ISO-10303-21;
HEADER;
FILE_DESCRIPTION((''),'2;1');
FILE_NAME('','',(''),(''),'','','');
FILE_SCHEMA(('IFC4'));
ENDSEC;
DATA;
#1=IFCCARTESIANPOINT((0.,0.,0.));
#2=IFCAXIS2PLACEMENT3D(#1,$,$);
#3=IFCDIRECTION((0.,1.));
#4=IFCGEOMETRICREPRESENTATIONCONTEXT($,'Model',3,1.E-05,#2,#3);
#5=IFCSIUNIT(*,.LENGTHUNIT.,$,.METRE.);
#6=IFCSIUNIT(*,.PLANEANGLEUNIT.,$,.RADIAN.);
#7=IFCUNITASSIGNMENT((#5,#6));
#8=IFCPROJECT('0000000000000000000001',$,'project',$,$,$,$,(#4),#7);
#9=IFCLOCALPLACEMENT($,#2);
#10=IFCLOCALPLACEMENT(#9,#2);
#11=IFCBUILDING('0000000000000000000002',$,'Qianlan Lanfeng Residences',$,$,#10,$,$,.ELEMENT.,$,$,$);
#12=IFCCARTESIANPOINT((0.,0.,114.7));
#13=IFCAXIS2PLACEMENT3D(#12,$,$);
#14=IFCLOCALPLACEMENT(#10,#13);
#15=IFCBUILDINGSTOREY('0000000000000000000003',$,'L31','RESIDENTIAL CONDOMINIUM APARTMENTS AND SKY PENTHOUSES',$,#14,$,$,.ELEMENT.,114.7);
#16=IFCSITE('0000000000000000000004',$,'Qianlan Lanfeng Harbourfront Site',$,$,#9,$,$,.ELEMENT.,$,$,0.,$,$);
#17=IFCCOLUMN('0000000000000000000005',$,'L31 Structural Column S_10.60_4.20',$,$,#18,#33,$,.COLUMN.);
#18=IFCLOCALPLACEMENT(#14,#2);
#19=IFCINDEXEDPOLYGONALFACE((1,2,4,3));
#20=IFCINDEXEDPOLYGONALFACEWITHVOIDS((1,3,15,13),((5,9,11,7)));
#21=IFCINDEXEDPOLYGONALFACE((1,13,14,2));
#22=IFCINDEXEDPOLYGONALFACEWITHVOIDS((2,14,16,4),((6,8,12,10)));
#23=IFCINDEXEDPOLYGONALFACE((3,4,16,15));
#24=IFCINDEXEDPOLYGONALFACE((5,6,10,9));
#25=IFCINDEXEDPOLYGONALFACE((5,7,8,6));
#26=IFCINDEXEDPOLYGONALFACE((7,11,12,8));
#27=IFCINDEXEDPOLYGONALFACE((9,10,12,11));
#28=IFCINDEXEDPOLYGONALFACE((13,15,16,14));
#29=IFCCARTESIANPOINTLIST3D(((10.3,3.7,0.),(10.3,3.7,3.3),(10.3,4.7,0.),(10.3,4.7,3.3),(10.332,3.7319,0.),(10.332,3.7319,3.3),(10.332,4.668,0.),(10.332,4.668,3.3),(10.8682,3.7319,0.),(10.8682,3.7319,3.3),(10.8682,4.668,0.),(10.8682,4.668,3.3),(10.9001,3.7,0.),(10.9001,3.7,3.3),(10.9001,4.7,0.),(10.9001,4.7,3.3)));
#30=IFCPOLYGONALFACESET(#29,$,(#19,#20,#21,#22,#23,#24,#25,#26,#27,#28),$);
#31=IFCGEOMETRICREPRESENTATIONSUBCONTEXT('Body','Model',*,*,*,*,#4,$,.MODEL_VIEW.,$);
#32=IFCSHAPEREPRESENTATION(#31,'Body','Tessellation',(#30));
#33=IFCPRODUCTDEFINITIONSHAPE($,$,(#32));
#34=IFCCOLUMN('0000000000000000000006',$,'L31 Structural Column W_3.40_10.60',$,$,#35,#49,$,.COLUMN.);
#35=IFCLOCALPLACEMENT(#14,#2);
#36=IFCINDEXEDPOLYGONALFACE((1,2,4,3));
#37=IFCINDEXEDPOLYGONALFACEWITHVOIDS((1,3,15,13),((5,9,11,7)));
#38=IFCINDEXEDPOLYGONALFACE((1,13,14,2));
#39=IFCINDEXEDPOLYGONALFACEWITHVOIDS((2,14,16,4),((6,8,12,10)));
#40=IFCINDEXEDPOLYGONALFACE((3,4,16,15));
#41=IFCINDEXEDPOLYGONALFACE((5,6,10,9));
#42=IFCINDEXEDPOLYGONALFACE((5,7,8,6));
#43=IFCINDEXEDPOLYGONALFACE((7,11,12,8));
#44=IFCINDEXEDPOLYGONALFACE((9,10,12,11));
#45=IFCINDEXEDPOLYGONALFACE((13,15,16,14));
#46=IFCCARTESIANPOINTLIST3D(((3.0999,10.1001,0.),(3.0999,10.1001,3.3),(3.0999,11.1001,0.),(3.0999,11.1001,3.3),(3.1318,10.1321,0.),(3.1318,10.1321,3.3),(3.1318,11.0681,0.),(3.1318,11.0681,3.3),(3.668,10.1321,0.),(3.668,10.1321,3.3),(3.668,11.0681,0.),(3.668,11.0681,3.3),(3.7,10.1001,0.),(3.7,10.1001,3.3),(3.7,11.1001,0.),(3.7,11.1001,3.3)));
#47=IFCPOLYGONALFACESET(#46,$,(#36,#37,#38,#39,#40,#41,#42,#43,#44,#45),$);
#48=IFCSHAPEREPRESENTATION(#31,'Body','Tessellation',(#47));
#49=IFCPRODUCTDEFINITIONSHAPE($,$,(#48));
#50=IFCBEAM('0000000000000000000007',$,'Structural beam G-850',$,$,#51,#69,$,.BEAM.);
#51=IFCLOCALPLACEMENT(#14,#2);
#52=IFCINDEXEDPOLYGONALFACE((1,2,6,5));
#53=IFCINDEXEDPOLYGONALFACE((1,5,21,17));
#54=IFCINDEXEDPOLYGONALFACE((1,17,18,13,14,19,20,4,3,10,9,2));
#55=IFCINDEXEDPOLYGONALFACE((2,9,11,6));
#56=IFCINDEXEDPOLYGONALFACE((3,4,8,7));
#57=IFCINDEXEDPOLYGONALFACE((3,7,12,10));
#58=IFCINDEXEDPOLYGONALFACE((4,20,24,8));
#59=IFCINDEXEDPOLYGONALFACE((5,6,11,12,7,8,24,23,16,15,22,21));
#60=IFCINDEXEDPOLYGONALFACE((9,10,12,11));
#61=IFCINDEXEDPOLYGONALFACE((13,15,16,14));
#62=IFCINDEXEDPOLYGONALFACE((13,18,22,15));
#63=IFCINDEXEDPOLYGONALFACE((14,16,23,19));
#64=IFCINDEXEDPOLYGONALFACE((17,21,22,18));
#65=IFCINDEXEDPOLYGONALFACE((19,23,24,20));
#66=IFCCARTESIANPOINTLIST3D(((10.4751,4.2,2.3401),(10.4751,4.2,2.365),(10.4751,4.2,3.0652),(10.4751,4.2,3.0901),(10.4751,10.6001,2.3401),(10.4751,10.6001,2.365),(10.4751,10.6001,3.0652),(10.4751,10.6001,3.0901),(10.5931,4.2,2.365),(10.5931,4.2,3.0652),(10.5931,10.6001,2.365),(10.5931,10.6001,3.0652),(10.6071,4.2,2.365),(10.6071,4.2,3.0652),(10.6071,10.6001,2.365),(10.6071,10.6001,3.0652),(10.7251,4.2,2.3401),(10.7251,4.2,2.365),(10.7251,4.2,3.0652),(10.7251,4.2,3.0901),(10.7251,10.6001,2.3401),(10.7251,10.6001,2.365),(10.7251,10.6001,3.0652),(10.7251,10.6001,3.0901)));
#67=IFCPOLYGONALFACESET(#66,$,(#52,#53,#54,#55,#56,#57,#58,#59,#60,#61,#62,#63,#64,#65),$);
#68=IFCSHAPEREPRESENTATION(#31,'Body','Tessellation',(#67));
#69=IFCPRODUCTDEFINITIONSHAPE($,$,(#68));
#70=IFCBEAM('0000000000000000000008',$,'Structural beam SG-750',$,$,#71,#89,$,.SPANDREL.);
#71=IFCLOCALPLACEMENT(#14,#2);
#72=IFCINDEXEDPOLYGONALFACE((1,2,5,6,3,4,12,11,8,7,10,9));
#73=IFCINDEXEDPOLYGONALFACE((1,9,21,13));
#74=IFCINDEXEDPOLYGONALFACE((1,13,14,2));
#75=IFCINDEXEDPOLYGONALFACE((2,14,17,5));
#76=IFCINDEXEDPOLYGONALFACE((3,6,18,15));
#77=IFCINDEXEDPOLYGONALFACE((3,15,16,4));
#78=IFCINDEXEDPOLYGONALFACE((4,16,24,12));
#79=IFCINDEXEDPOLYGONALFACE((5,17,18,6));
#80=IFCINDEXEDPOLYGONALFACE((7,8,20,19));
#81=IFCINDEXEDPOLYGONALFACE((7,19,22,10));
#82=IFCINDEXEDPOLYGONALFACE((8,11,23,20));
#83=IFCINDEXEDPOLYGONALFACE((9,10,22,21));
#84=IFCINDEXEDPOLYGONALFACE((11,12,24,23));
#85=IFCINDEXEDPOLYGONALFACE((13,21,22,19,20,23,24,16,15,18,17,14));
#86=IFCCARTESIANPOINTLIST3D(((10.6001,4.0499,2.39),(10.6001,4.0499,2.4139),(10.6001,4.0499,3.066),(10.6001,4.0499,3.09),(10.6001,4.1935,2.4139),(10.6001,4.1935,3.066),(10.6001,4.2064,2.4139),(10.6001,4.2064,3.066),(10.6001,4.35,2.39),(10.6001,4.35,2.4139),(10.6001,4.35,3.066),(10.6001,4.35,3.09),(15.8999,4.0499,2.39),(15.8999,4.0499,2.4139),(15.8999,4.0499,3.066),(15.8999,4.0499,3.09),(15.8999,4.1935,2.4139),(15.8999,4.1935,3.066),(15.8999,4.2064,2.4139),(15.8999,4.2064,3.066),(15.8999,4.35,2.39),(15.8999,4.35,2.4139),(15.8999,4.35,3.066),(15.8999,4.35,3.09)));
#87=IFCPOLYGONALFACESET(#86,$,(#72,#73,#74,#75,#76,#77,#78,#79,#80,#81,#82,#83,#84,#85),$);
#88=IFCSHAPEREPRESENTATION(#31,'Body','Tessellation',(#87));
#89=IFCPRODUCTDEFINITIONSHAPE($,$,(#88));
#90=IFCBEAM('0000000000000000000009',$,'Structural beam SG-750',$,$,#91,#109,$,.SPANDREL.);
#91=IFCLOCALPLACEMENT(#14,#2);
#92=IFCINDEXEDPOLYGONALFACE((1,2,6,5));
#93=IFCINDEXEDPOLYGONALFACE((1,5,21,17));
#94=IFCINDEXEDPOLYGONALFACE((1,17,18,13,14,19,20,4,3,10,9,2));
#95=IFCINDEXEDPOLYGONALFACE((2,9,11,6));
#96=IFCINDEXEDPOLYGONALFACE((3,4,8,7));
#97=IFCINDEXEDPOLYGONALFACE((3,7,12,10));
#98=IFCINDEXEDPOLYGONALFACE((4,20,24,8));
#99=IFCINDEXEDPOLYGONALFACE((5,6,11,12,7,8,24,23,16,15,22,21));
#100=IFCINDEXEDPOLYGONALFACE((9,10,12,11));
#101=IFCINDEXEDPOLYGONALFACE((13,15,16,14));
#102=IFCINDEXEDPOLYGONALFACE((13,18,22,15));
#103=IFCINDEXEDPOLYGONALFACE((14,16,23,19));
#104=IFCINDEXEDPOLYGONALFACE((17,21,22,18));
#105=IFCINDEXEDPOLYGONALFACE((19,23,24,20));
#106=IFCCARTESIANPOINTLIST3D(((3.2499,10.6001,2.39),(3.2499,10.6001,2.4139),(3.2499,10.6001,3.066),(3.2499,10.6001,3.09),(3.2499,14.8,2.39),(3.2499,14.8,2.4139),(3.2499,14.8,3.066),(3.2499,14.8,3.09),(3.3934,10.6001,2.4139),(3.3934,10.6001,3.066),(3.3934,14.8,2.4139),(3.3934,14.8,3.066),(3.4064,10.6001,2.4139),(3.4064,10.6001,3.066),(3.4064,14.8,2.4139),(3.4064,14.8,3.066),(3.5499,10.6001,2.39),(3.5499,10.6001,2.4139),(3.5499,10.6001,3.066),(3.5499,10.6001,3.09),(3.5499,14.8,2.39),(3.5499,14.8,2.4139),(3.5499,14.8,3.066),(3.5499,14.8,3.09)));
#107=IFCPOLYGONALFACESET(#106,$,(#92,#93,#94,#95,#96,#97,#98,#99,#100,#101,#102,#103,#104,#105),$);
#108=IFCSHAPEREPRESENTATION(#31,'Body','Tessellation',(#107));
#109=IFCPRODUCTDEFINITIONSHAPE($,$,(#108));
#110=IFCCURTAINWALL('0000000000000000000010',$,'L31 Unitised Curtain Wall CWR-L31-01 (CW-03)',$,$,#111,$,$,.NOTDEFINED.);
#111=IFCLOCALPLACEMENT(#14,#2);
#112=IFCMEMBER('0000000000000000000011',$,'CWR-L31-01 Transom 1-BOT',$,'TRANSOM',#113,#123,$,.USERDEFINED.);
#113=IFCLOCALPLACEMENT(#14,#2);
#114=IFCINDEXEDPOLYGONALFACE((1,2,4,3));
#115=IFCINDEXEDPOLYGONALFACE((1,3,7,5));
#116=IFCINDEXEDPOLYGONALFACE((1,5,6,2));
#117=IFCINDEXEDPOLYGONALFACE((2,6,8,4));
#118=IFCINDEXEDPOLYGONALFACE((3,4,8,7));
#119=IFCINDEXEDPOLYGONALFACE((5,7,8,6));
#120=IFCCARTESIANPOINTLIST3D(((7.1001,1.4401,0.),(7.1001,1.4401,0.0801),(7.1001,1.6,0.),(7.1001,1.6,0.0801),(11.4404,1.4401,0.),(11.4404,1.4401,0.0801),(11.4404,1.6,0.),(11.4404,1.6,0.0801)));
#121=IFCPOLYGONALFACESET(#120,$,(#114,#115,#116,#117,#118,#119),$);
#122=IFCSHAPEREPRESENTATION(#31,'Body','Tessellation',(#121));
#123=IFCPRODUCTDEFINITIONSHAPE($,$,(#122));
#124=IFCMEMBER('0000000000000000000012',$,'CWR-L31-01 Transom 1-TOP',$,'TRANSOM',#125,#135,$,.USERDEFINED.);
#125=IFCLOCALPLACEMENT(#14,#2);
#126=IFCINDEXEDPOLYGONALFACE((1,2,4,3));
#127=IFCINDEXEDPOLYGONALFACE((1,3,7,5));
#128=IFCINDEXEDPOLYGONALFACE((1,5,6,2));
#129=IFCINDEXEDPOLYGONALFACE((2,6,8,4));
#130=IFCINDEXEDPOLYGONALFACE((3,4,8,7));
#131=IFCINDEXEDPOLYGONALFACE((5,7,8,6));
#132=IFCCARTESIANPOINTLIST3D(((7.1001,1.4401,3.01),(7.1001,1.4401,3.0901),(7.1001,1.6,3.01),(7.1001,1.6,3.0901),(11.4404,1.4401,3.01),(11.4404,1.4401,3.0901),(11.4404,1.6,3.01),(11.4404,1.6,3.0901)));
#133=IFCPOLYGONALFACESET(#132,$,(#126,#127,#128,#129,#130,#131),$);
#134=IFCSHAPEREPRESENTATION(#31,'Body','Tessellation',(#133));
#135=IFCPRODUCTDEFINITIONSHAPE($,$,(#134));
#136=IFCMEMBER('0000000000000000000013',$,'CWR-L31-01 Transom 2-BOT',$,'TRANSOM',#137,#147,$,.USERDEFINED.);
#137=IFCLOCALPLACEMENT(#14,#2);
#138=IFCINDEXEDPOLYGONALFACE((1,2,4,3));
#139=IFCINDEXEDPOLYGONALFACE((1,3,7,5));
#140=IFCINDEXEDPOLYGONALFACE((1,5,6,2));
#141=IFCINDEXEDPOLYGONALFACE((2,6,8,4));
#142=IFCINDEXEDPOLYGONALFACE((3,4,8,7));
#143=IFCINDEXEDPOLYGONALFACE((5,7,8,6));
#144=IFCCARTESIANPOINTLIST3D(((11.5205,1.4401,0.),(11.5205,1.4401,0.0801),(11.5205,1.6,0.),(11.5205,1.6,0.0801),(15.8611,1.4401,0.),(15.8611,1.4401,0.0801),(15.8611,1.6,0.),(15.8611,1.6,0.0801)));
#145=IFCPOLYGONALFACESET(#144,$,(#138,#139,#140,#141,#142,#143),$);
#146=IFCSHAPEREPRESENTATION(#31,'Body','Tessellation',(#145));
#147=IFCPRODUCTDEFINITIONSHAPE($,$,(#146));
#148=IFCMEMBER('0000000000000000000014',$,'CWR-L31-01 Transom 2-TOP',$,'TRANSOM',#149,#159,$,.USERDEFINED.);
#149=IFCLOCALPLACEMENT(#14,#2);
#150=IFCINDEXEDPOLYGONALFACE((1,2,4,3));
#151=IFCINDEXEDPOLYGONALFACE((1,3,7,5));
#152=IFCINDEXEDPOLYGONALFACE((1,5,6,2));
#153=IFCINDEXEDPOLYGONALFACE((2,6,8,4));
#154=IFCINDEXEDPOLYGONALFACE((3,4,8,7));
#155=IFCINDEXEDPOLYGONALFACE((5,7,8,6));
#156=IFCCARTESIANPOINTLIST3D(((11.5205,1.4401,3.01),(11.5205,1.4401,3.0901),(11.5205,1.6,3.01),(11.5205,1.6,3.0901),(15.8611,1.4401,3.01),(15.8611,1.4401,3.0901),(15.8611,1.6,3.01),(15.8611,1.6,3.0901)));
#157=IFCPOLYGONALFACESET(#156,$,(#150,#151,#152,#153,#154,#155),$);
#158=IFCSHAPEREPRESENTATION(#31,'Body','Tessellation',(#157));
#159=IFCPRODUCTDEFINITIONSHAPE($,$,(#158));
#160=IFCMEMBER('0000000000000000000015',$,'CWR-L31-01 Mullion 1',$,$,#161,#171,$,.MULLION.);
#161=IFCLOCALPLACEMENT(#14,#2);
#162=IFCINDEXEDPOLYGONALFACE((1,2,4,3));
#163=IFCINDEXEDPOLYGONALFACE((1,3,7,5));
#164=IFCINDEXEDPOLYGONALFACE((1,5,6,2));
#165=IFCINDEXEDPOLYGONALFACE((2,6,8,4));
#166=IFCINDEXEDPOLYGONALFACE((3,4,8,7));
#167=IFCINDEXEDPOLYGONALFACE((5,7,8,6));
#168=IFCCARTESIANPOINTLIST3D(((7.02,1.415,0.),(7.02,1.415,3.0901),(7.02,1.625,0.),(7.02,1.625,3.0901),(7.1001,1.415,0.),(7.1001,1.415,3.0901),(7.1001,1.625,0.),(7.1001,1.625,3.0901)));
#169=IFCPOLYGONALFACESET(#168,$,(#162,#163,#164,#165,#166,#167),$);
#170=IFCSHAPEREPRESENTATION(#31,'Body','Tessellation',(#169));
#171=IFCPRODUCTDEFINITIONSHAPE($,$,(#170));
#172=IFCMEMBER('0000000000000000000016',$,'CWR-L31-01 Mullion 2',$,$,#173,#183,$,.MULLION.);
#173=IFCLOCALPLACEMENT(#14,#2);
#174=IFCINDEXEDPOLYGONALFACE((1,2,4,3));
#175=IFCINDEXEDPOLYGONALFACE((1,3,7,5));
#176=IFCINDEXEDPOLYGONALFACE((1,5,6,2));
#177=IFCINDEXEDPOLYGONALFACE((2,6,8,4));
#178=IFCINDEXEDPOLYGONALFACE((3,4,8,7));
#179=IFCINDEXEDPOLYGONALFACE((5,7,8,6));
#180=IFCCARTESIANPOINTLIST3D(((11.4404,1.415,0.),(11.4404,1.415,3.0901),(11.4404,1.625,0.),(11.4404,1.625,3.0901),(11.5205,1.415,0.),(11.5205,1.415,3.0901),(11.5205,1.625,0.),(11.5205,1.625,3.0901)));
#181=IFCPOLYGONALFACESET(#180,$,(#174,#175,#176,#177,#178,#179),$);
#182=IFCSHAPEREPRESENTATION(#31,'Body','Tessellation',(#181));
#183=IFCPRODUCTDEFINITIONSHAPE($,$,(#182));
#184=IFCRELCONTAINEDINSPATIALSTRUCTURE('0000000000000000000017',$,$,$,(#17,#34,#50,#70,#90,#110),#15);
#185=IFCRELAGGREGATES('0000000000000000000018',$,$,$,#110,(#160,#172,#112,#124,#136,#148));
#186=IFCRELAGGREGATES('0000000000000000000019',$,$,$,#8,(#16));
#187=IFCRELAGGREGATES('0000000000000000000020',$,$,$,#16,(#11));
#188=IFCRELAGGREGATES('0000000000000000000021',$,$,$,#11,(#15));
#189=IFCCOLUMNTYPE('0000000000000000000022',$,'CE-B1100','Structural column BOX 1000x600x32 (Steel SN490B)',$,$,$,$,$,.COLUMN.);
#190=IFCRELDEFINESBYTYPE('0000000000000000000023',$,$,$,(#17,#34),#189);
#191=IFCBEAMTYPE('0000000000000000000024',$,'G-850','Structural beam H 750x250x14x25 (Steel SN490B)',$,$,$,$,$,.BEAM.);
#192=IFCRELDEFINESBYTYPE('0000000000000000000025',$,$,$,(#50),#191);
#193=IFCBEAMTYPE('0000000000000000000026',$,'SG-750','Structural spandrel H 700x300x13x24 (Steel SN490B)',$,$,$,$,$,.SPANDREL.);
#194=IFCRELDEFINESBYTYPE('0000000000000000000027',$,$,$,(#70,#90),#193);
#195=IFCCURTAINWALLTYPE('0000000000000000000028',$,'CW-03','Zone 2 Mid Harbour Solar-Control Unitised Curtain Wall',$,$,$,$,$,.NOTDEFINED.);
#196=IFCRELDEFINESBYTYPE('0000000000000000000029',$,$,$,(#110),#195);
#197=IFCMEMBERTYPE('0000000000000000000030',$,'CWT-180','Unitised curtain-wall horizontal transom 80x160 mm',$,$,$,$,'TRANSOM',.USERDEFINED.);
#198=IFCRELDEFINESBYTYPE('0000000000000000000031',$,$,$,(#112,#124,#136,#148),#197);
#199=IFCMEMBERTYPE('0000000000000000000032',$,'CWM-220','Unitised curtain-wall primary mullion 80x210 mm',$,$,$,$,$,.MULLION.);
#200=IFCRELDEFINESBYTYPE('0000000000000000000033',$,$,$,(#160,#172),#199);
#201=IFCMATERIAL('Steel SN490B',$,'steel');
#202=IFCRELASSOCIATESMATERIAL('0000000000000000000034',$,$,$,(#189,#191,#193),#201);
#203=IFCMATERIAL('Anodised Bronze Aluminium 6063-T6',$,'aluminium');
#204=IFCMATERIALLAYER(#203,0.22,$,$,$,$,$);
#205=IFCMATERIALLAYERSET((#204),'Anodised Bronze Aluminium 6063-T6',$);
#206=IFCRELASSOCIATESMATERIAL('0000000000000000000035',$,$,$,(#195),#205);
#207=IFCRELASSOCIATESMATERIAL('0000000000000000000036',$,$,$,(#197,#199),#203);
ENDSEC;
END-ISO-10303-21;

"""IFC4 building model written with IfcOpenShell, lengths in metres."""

from ifc_helpers import new_model, si_unit, direction, frame, origin, origin_2d, place, context, subcontext, project, spatial, rectangle, hollow_rectangle, i_section, extrude, source, transform, mapped, material, layer, layer_set, material_profile, profile_set, type_object, element, aggregate, save


model = new_model("IFC4")

# Units and contexts
model_context = context("Model", 3, precision=1e-05, world=origin(), true_north=direction((0.0, 1.0)))
body_context = subcontext(model_context, "Body", "Model", "MODEL_VIEW")
ifc_project = project(units=[si_unit("LENGTHUNIT", "METRE"), si_unit("PLANEANGLEUNIT", "RADIAN")], contexts=[model_context])

# Site, building, storey
site_placement = place(None, origin())
site = spatial("IfcSite", under=ifc_project, at=site_placement, Name="Qianlan Lanfeng Harbourfront Site", CompositionType="ELEMENT", RefElevation=0.0)
building_placement = place(site_placement, origin())
building = spatial("IfcBuilding", under=site, at=building_placement, Name="Qianlan Lanfeng Residences", CompositionType="ELEMENT")
storey_placement = place(building_placement, frame((0.0, 0.0, 114.7)))
storey = spatial("IfcBuildingStorey", under=building, at=storey_placement, Name="L31", Description="RESIDENTIAL CONDOMINIUM APARTMENTS AND SKY PENTHOUSES", CompositionType="ELEMENT", Elevation=114.7)

# Columns
ifc_material_1 = material(Name="Steel SN490B", Category="steel")
ifc_material_profile_1 = material_profile(ifc_material_1, hollow_rectangle(XDim=0.6001, YDim=1.0, WallThickness=0.032, at=origin_2d()), Name="BOX 1000x600x32")
ifc_profile_set_1 = profile_set([ifc_material_profile_1], Name="Steel SN490B")
column_type = type_object("IfcColumnType", Name="CE-B1100", Description="Structural column BOX 1000x600x32 (Steel SN490B)", PredefinedType="COLUMN", material=ifc_profile_set_1)
for number, where, z_axis, x_axis, name in (
    (1, (10.6001, 4.2, 0.0), (0.0, 0.0, 1.0), (1.0, 0.0, 0.0), "L31 Structural Column S_10.60_4.20"),
    (2, (3.3999, 10.6001, 0.0), (0.0, 0.0, 1.0), (1.0, 0.0, 0.0), "L31 Structural Column W_3.40_10.60"),
):
    element("IfcColumn", number, at=place(storey_placement, frame(where, z_axis=z_axis, x_axis=x_axis)), inside=storey, type_object=column_type, Name=name, PredefinedType="COLUMN", context=body_context, shape_type="SweptSolid", body=[
        extrude(hollow_rectangle(XDim=0.6001, YDim=1.0, WallThickness=0.032, at=origin_2d()), origin(), (0.0, 0.0, 1.0), 3.3),
    ])

# Beams
ifc_material_profile_2 = material_profile(ifc_material_1, i_section(OverallWidth=0.25, OverallDepth=0.75, WebThickness=0.0139, FlangeThickness=0.0249, at=origin_2d()), Name="H 750x250x14x25")
ifc_profile_set_2 = profile_set([ifc_material_profile_2], Name="Steel SN490B")
beam_type_1 = type_object("IfcBeamType", Name="G-850", Description="Structural beam H 750x250x14x25 (Steel SN490B)", PredefinedType="BEAM", material=ifc_profile_set_2)
beam_1_placement = place(storey_placement, frame((10.6001, 4.2, 2.7151), z_axis=(0.0, 1.0, 0.0), x_axis=(-1.0, 0.0, 0.0)))
element("IfcBeam", 3, at=beam_1_placement, inside=storey, type_object=beam_type_1, Name="Structural beam G-850", PredefinedType="BEAM", context=body_context, shape_type="SweptSolid", body=[
    extrude(i_section(OverallWidth=0.25, OverallDepth=0.75, WebThickness=0.0139, FlangeThickness=0.0249, at=origin_2d()), origin(), (0.0, 0.0, 1.0), 6.4001),
])
ifc_material_profile_3 = material_profile(ifc_material_1, i_section(OverallWidth=0.3, OverallDepth=0.7, WebThickness=0.0129, FlangeThickness=0.0239, at=origin_2d()), Name="H 700x300x13x24")
ifc_profile_set_3 = profile_set([ifc_material_profile_3], Name="Steel SN490B")
beam_type_2 = type_object("IfcBeamType", Name="SG-750", Description="Structural spandrel H 700x300x13x24 (Steel SN490B)", PredefinedType="SPANDREL", material=ifc_profile_set_3)
beam_2_placement = place(storey_placement, frame((10.6001, 4.2, 2.74), z_axis=(1.0, 0.0, 0.0), x_axis=(0.0, 1.0, 0.0)))
element("IfcBeam", 4, at=beam_2_placement, inside=storey, type_object=beam_type_2, Name="Structural beam SG-750", PredefinedType="SPANDREL", context=body_context, shape_type="SweptSolid", body=[
    extrude(i_section(OverallWidth=0.3, OverallDepth=0.7, WebThickness=0.0129, FlangeThickness=0.0239, at=origin_2d()), origin(), (0.0, 0.0, 1.0), 5.2998),
])
beam_3_placement = place(storey_placement, frame((3.3999, 10.6001, 2.74), z_axis=(0.0, 1.0, 0.0), x_axis=(-1.0, 0.0, 0.0)))
element("IfcBeam", 5, at=beam_3_placement, inside=storey, type_object=beam_type_2, Name="Structural beam SG-750", PredefinedType="SPANDREL", context=body_context, shape_type="SweptSolid", body=[
    extrude(i_section(OverallWidth=0.3, OverallDepth=0.7, WebThickness=0.0129, FlangeThickness=0.0239, at=origin_2d()), origin(), (0.0, 0.0, 1.0), 4.2),
])

# Curtain wall, members
ifc_material_2 = material(Name="Anodised Bronze Aluminium 6063-T6", Category="aluminium")
ifc_layer_1 = layer(ifc_material_2, 0.22)
ifc_layer_set_1 = layer_set([ifc_layer_1], Name="Anodised Bronze Aluminium 6063-T6")
curtain_wall_type = type_object("IfcCurtainWallType", Name="CW-03", Description="Zone 2 Mid Harbour Solar-Control Unitised Curtain Wall", PredefinedType="NOTDEFINED", material=ifc_layer_set_1)
curtain_wall_placement = place(storey_placement, origin())
curtain_wall = element("IfcCurtainWall", 6, at=curtain_wall_placement, inside=storey, type_object=curtain_wall_type, Name="L31 Unitised Curtain Wall CWR-L31-01 (CW-03)", PredefinedType="NOTDEFINED")
ifc_material_profile_4 = material_profile(ifc_material_2, rectangle(XDim=0.0801, YDim=0.1599, at=origin_2d()), Name="ALU TRANSOM 80x160")
ifc_profile_set_4 = profile_set([ifc_material_profile_4], Name="Anodised Bronze Aluminium 6063-T6")
member_type_1 = type_object("IfcMemberType", Name="CWT-180", Description="Unitised curtain-wall horizontal transom 80x160 mm", ElementType="TRANSOM", PredefinedType="USERDEFINED", material=ifc_profile_set_4)
shared_shape_1 = source(origin(), body_context, "Body", "SweptSolid", [
    extrude(rectangle(XDim=0.0801, YDim=0.1599, at=origin_2d()), origin(), (0.0, 0.0, 1.0), 4.3403),
])
member_1_placement = place(storey_placement, frame((7.1001, 1.52, 0.04), z_axis=(1.0, 0.0, 0.0), x_axis=(0.0, 0.0, 1.0)))
member_1 = element("IfcMember", 7, at=member_1_placement, type_object=member_type_1, Name="CWR-L31-01 Transom 1-BOT", ObjectType="TRANSOM", PredefinedType="USERDEFINED", context=body_context, shape_type="MappedRepresentation", body=[
    mapped(shared_shape_1, transform((0.0, 0.0, 0.0), scale=1.0)),
])
member_2_placement = place(storey_placement, frame((7.1001, 1.52, 3.05), z_axis=(1.0, 0.0, 0.0), x_axis=(0.0, 0.0, 1.0)))
member_2 = element("IfcMember", 8, at=member_2_placement, type_object=member_type_1, Name="CWR-L31-01 Transom 1-TOP", ObjectType="TRANSOM", PredefinedType="USERDEFINED", context=body_context, shape_type="MappedRepresentation", body=[
    mapped(shared_shape_1, transform((0.0, 0.0, 0.0), scale=1.0)),
])
shared_shape_2 = source(origin(), body_context, "Body", "SweptSolid", [
    extrude(rectangle(XDim=0.0801, YDim=0.1599, at=origin_2d()), origin(), (0.0, 0.0, 1.0), 4.3406),
])
member_3_placement = place(storey_placement, frame((11.5205, 1.52, 0.04), z_axis=(1.0, 0.0, 0.0), x_axis=(0.0, 0.0, 1.0)))
member_3 = element("IfcMember", 9, at=member_3_placement, type_object=member_type_1, Name="CWR-L31-01 Transom 2-BOT", ObjectType="TRANSOM", PredefinedType="USERDEFINED", context=body_context, shape_type="MappedRepresentation", body=[
    mapped(shared_shape_2, transform((0.0, 0.0, 0.0), scale=1.0)),
])
member_4_placement = place(storey_placement, frame((11.5205, 1.52, 3.05), z_axis=(1.0, 0.0, 0.0), x_axis=(0.0, 0.0, 1.0)))
member_4 = element("IfcMember", 10, at=member_4_placement, type_object=member_type_1, Name="CWR-L31-01 Transom 2-TOP", ObjectType="TRANSOM", PredefinedType="USERDEFINED", context=body_context, shape_type="MappedRepresentation", body=[
    mapped(shared_shape_2, transform((0.0, 0.0, 0.0), scale=1.0)),
])
ifc_material_profile_5 = material_profile(ifc_material_2, rectangle(XDim=0.0801, YDim=0.21, at=origin_2d()), Name="ALU MULLION 80x210")
ifc_profile_set_5 = profile_set([ifc_material_profile_5], Name="Anodised Bronze Aluminium 6063-T6")
member_type_2 = type_object("IfcMemberType", Name="CWM-220", Description="Unitised curtain-wall primary mullion 80x210 mm", PredefinedType="MULLION", material=ifc_profile_set_5)
shared_shape_3 = source(origin(), body_context, "Body", "SweptSolid", [
    extrude(rectangle(XDim=0.0801, YDim=0.21, at=origin_2d()), origin(), (0.0, 0.0, 1.0), 3.0901),
])
member_5_placement = place(storey_placement, frame((7.0601, 1.52, 0.0), z_axis=(0.0, 0.0, 1.0), x_axis=(1.0, 0.0, 0.0)))
member_5 = element("IfcMember", 11, at=member_5_placement, type_object=member_type_2, Name="CWR-L31-01 Mullion 1", PredefinedType="MULLION", context=body_context, shape_type="MappedRepresentation", body=[
    mapped(shared_shape_3, transform((0.0, 0.0, 0.0), scale=1.0)),
])
member_6_placement = place(storey_placement, frame((11.4805, 1.52, 0.0), z_axis=(0.0, 0.0, 1.0), x_axis=(1.0, 0.0, 0.0)))
member_6 = element("IfcMember", 12, at=member_6_placement, type_object=member_type_2, Name="CWR-L31-01 Mullion 2", PredefinedType="MULLION", context=body_context, shape_type="MappedRepresentation", body=[
    mapped(shared_shape_3, transform((0.0, 0.0, 0.0), scale=1.0)),
])
aggregate(curtain_wall, [member_5, member_6, member_1, member_2, member_3, member_4])

save(model, "model.ifc")
